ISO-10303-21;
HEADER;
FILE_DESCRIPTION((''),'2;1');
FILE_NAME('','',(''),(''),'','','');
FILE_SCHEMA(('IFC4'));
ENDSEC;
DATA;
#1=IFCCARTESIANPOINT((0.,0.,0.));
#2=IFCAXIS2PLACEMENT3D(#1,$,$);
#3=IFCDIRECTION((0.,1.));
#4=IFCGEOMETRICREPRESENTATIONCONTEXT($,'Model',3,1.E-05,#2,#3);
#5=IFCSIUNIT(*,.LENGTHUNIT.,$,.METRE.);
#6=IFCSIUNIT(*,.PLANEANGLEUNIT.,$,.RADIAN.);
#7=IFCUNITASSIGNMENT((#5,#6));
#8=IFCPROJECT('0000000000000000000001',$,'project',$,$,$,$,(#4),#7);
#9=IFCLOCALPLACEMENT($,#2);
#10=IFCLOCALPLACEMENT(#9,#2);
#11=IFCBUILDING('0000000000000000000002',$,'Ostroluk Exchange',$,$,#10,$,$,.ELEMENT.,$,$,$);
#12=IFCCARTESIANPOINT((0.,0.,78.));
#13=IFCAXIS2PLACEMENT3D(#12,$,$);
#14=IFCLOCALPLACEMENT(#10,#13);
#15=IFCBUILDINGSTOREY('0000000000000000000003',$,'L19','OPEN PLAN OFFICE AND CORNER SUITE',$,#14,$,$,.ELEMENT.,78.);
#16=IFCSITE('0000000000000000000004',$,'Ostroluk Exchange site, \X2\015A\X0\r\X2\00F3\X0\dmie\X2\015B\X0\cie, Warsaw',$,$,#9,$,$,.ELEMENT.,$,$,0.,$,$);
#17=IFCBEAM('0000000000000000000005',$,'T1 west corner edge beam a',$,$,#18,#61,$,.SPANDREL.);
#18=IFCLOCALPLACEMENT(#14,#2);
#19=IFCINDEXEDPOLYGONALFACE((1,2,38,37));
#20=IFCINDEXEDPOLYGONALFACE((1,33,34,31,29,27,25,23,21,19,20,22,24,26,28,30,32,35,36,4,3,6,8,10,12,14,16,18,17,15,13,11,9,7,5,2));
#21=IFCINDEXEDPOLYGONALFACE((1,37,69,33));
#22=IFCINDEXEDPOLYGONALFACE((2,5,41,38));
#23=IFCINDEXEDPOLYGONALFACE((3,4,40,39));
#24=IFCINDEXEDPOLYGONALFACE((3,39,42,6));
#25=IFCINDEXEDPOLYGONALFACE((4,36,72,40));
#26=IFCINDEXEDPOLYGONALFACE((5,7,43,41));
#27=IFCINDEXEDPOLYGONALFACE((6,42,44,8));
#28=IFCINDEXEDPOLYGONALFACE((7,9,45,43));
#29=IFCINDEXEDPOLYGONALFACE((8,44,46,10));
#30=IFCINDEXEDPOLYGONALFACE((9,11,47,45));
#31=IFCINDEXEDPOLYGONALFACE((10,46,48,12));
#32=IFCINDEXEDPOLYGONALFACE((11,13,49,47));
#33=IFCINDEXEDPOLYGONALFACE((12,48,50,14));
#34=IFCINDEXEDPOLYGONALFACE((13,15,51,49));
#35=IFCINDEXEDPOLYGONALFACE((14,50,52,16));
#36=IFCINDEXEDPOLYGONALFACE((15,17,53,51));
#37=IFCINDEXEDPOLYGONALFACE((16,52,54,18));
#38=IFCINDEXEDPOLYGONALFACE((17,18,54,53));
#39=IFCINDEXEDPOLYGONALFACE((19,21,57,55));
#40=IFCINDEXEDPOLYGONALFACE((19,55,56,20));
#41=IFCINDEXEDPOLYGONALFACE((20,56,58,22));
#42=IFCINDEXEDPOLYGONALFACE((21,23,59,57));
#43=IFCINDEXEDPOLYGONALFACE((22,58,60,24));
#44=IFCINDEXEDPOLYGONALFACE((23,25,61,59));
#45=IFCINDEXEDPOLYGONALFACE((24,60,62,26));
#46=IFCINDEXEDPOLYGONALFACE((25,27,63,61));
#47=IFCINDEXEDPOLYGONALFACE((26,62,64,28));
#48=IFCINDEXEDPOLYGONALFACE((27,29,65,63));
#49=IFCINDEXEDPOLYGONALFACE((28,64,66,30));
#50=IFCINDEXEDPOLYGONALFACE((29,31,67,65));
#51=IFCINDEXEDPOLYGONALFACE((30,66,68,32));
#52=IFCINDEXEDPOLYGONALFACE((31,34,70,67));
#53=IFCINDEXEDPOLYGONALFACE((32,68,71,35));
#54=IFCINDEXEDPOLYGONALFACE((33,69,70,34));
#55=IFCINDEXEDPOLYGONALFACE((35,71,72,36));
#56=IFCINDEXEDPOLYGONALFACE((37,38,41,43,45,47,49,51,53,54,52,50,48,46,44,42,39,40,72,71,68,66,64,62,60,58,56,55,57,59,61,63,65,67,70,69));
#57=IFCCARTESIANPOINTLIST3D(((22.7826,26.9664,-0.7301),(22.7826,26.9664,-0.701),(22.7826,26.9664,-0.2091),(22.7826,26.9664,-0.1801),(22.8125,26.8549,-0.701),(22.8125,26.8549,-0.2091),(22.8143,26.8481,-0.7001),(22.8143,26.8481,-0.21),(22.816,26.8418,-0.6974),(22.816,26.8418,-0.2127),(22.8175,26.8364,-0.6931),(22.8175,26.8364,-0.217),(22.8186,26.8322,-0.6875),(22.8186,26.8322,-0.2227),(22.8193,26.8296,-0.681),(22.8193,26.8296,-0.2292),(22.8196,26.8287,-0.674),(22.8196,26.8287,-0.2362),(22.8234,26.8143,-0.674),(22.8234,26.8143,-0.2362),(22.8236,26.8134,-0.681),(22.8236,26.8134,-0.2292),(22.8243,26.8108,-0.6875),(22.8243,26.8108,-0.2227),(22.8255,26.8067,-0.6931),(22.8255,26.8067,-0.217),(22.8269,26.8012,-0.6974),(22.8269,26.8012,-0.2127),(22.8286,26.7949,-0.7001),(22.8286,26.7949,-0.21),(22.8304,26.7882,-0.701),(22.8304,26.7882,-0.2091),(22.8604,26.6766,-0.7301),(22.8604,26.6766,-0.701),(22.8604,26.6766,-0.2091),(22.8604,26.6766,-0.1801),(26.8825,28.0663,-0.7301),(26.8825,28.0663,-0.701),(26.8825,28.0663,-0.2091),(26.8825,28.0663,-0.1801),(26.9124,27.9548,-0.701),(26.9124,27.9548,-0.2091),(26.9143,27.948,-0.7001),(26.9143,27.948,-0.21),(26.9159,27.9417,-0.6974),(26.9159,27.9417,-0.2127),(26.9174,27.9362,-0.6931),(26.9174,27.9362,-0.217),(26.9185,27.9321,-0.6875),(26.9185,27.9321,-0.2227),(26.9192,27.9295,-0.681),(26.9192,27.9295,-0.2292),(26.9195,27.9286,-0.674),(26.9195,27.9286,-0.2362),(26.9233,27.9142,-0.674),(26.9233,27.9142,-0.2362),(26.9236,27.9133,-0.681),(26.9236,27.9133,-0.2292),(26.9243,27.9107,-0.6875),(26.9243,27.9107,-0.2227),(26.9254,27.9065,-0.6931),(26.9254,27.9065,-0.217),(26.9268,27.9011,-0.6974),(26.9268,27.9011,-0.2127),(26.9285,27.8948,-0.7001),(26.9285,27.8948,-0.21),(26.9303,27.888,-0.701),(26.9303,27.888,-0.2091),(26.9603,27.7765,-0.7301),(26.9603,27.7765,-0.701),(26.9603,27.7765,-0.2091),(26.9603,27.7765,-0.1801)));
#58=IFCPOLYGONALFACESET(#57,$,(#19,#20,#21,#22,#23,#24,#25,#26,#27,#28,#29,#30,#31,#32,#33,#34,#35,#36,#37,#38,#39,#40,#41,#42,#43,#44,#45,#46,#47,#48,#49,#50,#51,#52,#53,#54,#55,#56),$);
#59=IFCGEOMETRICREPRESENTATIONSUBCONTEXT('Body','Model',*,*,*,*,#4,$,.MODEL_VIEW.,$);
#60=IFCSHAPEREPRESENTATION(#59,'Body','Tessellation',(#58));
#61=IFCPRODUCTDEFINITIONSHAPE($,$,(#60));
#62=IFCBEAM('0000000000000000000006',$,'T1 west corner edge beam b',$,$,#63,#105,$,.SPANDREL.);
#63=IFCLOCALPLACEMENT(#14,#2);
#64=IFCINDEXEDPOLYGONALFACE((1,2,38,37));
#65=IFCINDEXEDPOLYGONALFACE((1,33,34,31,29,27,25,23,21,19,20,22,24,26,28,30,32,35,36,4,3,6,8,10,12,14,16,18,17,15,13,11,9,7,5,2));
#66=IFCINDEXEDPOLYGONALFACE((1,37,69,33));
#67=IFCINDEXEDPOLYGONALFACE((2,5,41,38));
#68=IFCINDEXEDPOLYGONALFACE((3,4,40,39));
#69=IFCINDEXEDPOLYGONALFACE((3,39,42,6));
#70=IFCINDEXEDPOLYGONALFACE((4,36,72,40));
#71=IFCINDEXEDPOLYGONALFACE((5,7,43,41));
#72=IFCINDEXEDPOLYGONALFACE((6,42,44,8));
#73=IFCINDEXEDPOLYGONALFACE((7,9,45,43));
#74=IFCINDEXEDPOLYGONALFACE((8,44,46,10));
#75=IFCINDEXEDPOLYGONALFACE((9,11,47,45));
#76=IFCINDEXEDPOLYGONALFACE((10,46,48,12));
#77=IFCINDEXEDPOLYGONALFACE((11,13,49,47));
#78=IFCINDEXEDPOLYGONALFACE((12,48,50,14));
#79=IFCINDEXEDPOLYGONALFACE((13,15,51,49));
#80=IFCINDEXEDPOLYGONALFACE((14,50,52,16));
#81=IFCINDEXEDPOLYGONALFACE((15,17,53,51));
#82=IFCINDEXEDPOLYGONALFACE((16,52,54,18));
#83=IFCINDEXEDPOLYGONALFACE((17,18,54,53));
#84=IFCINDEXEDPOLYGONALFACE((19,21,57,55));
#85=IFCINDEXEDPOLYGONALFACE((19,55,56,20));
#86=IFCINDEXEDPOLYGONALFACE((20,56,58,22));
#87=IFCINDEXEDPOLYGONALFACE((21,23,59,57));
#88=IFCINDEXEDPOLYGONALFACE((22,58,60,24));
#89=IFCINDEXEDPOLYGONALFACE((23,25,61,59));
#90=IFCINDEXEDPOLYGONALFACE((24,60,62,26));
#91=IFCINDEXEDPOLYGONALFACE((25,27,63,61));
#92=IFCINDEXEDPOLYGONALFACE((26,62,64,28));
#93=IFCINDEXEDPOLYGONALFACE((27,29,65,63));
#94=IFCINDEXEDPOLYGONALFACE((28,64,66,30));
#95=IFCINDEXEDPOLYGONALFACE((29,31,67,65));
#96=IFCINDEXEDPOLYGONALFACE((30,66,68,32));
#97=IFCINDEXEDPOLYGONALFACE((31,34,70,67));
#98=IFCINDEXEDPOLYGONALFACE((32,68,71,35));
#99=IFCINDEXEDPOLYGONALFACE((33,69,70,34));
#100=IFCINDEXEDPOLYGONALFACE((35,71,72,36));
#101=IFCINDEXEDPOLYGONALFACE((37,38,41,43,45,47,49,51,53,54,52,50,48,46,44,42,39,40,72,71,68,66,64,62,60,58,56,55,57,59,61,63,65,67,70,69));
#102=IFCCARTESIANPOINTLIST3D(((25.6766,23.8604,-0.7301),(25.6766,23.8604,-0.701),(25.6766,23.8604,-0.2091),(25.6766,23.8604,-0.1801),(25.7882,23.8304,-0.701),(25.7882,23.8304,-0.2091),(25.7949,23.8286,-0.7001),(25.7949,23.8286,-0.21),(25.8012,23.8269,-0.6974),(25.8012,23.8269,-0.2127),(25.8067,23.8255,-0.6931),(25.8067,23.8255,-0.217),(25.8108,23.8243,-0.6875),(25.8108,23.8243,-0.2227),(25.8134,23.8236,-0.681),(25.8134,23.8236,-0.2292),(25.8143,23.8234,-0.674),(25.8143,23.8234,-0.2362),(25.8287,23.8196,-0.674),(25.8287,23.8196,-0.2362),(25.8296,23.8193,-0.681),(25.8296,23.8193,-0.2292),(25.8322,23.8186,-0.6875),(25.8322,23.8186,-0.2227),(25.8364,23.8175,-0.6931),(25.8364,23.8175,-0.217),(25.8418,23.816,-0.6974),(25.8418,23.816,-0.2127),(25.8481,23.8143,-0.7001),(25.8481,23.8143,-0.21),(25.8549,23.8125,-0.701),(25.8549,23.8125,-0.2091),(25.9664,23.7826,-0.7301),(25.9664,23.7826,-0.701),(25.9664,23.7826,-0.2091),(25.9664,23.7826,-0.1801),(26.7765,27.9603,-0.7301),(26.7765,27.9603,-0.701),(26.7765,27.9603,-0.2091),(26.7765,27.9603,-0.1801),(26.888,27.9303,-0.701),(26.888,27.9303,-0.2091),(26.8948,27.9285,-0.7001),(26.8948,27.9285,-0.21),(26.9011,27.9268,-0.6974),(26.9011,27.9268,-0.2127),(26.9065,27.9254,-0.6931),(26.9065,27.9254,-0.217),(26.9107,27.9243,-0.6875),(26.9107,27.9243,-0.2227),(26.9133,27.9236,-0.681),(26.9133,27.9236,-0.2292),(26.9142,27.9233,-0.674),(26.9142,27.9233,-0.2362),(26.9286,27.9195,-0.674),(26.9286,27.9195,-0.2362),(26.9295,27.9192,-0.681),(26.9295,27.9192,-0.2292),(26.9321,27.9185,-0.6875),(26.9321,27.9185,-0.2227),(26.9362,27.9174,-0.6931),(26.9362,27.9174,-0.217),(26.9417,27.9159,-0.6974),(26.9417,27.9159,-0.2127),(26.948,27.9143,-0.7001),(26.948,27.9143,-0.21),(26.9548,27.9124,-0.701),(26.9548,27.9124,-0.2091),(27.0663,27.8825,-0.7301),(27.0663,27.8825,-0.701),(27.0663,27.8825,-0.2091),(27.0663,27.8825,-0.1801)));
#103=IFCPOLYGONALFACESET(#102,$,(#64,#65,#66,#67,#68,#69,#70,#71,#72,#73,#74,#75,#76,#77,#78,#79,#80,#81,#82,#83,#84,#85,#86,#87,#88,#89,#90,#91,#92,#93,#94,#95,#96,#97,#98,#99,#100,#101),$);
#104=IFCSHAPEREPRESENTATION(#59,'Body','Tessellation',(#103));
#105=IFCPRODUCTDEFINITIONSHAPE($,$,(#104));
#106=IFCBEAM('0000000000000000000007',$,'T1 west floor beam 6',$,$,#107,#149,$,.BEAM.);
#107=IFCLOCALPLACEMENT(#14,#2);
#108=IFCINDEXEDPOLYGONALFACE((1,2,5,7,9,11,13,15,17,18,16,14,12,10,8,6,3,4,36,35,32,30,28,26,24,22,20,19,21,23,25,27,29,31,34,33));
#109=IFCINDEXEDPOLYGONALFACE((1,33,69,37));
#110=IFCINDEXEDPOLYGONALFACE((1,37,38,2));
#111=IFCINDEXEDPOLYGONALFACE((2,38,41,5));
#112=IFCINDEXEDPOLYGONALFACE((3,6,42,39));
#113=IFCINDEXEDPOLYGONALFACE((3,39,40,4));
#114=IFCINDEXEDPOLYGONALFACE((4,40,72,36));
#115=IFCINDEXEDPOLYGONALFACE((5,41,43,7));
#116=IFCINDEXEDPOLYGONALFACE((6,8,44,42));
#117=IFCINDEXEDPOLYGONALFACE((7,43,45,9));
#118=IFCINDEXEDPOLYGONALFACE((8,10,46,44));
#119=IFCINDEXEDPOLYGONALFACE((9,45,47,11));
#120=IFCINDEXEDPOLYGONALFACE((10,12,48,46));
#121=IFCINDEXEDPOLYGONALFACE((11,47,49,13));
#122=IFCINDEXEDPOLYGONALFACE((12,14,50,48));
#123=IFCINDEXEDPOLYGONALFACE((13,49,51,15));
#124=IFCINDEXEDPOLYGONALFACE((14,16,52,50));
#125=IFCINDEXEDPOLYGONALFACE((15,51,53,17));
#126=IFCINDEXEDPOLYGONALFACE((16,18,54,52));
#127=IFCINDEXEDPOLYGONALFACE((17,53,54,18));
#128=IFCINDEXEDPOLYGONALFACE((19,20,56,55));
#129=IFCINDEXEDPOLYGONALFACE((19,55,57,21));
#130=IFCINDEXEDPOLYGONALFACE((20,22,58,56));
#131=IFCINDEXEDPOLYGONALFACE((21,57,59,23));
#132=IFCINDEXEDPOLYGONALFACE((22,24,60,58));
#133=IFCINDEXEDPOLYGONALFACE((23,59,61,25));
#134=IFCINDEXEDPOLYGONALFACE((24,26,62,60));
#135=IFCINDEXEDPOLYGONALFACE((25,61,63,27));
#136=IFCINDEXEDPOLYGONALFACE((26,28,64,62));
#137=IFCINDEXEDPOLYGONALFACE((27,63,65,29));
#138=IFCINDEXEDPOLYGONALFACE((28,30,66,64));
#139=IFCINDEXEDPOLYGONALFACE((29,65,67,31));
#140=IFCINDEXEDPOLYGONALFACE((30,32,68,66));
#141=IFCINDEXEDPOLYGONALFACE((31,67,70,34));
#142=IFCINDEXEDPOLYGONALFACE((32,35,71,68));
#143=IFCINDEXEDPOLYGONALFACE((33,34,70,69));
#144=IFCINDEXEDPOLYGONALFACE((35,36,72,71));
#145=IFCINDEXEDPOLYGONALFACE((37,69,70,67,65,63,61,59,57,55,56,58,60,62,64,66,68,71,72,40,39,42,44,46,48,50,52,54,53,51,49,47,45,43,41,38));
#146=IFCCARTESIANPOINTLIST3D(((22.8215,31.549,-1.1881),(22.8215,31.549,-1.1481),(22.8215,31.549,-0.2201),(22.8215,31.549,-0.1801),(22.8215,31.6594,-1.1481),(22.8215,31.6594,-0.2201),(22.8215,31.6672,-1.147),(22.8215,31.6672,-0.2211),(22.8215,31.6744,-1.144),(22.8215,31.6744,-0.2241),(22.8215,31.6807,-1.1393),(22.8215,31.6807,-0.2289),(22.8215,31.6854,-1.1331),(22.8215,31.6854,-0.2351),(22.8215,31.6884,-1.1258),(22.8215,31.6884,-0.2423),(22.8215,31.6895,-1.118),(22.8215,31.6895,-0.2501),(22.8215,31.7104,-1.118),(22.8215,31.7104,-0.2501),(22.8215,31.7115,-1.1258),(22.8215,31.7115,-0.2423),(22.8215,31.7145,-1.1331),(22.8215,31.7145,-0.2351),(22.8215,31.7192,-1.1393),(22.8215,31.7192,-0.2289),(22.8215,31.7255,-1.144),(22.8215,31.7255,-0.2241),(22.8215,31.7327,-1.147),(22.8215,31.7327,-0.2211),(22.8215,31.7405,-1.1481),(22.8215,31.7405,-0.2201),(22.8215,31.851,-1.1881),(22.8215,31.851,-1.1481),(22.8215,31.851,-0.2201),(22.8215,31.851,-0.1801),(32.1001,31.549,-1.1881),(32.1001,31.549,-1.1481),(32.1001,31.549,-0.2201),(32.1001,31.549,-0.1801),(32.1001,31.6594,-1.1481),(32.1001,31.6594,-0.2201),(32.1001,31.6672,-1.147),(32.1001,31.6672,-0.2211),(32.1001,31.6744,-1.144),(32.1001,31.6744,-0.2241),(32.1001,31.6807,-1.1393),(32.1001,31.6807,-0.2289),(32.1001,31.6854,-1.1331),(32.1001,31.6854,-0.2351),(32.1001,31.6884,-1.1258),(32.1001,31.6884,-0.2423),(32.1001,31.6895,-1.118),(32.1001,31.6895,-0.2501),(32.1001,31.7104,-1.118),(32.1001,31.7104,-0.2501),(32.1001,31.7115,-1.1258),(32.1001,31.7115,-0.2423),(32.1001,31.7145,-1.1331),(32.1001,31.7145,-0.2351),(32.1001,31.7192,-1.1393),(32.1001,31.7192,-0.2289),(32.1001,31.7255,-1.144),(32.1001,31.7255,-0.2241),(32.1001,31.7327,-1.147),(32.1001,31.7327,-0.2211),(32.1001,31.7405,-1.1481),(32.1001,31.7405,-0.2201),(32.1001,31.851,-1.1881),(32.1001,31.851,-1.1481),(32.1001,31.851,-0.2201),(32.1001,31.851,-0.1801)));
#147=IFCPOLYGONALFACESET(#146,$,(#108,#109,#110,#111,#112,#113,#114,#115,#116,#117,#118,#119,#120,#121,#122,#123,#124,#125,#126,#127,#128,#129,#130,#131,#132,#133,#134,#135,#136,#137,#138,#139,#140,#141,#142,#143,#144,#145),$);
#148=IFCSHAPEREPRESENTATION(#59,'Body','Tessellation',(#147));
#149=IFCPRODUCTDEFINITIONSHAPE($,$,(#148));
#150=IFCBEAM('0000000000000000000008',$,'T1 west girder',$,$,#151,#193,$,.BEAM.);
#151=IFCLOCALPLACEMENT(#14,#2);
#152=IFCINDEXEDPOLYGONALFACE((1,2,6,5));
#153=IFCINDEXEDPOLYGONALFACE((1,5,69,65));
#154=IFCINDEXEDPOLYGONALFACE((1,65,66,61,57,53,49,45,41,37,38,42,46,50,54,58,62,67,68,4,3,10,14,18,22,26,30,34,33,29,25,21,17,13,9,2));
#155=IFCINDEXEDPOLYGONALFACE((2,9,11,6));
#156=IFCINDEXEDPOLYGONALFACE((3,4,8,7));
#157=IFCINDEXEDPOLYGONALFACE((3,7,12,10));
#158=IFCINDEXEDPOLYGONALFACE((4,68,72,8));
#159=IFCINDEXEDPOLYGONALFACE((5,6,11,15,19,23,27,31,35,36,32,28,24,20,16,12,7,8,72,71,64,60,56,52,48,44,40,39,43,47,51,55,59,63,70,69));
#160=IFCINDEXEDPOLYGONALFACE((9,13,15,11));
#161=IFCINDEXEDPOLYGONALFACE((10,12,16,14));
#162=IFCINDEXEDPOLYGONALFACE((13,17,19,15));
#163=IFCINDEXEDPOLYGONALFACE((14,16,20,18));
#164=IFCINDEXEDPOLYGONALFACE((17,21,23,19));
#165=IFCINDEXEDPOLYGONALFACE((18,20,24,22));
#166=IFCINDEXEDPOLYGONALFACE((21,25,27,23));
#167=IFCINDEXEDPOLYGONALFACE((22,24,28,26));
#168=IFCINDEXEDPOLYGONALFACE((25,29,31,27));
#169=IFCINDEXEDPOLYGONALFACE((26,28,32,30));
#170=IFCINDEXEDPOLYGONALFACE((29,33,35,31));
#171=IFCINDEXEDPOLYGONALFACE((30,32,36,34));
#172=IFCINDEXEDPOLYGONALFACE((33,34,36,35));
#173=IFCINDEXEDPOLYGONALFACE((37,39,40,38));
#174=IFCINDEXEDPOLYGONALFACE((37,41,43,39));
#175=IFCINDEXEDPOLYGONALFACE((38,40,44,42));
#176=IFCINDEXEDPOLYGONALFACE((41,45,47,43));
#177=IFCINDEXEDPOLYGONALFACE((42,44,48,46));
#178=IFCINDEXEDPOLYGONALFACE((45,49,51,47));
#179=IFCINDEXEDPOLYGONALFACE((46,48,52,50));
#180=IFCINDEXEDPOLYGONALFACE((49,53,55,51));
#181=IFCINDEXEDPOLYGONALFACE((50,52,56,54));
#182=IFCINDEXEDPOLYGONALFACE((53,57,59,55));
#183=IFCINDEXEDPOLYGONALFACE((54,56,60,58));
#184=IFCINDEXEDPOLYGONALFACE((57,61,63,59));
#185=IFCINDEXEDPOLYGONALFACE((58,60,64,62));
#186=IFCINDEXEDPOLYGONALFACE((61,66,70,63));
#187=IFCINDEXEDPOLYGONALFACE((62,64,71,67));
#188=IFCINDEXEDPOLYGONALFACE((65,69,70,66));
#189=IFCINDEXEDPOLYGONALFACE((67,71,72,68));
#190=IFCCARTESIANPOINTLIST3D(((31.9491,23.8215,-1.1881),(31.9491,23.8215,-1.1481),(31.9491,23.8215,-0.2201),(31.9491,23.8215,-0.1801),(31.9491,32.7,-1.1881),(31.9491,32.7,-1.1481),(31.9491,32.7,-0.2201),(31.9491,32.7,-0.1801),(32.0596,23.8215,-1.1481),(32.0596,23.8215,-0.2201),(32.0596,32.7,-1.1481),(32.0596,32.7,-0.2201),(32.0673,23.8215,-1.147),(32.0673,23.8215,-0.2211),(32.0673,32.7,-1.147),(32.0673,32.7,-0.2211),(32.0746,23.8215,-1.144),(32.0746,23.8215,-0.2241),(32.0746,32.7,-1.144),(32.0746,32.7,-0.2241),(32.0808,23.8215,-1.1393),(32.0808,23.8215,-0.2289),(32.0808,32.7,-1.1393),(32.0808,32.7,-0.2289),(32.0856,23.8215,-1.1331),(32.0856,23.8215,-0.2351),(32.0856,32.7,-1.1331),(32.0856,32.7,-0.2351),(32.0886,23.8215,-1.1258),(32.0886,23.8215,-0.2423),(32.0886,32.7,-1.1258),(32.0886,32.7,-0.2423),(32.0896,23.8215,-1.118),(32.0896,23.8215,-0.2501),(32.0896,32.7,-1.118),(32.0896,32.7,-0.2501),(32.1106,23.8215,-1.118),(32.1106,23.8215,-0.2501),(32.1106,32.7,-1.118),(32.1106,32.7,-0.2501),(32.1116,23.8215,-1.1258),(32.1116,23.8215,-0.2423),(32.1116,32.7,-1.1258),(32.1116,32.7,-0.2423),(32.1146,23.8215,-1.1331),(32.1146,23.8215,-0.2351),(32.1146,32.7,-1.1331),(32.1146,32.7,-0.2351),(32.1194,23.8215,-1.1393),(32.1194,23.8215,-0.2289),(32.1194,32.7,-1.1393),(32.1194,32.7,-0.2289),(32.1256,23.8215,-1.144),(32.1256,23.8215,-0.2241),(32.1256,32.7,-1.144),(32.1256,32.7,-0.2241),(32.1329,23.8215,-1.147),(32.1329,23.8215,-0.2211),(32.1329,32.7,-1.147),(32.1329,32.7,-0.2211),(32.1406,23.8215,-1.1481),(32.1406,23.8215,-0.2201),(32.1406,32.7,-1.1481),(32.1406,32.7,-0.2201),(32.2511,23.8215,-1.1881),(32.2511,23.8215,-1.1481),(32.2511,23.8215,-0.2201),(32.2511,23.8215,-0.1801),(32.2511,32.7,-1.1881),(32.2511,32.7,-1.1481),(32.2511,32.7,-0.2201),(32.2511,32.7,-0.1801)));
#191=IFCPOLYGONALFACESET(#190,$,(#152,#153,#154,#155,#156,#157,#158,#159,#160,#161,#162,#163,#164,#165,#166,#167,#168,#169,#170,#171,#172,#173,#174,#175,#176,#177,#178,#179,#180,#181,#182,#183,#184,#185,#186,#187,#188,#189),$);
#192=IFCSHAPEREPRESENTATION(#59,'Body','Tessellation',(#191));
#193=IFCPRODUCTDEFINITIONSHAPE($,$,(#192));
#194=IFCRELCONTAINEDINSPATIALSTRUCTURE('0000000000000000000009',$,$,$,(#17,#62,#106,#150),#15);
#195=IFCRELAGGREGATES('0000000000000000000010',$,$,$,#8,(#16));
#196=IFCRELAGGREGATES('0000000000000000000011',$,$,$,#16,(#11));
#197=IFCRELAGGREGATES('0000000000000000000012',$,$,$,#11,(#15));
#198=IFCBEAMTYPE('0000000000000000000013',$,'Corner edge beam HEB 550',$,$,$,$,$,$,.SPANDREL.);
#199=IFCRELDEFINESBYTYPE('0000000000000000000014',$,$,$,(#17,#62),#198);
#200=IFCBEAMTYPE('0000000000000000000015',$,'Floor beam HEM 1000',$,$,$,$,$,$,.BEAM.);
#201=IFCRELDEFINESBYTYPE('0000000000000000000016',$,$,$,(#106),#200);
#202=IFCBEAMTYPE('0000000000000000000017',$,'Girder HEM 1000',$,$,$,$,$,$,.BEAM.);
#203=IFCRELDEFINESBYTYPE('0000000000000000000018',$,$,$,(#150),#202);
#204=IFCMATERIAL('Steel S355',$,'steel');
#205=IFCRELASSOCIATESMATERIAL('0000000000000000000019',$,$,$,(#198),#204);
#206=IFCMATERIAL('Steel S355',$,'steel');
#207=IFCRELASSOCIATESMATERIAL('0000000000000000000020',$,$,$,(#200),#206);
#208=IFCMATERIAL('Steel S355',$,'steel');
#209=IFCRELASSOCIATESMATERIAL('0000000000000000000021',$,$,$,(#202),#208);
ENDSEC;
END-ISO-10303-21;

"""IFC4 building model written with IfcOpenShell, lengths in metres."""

from ifc_helpers import new_model, si_unit, direction, frame, origin, origin_2d, place, context, subcontext, project, spatial, i_section, extrude, material, material_profile, profile_set, type_object, element, save


model = new_model("IFC4")

# Units and contexts
model_context = context("Model", 3, precision=1e-05, world=origin(), true_north=direction((0.0, 1.0)))
body_context = subcontext(model_context, "Body", "Model", "MODEL_VIEW")
ifc_project = project(units=[si_unit("LENGTHUNIT", "METRE"), si_unit("PLANEANGLEUNIT", "RADIAN")], contexts=[model_context])

# Site, building, storey
site_placement = place(None, origin())
site = spatial("IfcSite", under=ifc_project, at=site_placement, Name="Ostroluk Exchange site, Śródmieście, Warsaw", CompositionType="ELEMENT", RefElevation=0.0)
building_placement = place(site_placement, origin())
building = spatial("IfcBuilding", under=site, at=building_placement, Name="Ostroluk Exchange", CompositionType="ELEMENT")
storey_placement = place(building_placement, frame((0.0, 0.0, 78.0)))
storey = spatial("IfcBuildingStorey", under=building, at=storey_placement, Name="L19", Description="OPEN PLAN OFFICE AND CORNER SUITE", CompositionType="ELEMENT", Elevation=78.0)

# Beams
ifc_material_1 = material(Name="Steel S355", Category="steel")
ifc_material_profile_1 = material_profile(ifc_material_1, i_section(OverallWidth=0.3, OverallDepth=0.55, WebThickness=0.0149, FlangeThickness=0.0291, FilletRadius=0.0271, at=origin_2d()), Name="HEB 550")
ifc_profile_set_1 = profile_set([ifc_material_profile_1], Name="Steel S355")
beam_type_1 = type_object("IfcBeamType", Name="Corner edge beam HEB 550", PredefinedType="SPANDREL", material=ifc_profile_set_1)
for number, where, z_axis, x_axis, name in (
    (1, (26.9214, 27.9214, -0.4551), (-0.965849, -0.259105, 0.0), (0.259105, -0.965849, 0.0), "T1 west corner edge beam a"),
    (2, (26.9214, 27.9214, -0.4551), (-0.259105, -0.965849, 0.0), (0.965849, -0.259105, 0.0), "T1 west corner edge beam b"),
):
    element("IfcBeam", number, at=place(storey_placement, frame(where, z_axis=z_axis, x_axis=x_axis)), inside=storey, type_object=beam_type_1, Name=name, PredefinedType="SPANDREL", context=body_context, shape_type="SweptSolid", body=[
        extrude(i_section(OverallWidth=0.3, OverallDepth=0.55, WebThickness=0.0149, FlangeThickness=0.0291, FilletRadius=0.0271, at=origin_2d()), origin(), (0.0, 0.0, 1.0), 4.2449),
    ])
ifc_material_2 = material(Name="Steel S355", Category="steel")
ifc_material_profile_2 = material_profile(ifc_material_2, i_section(OverallWidth=0.302, OverallDepth=1.0081, WebThickness=0.021, FlangeThickness=0.04, FilletRadius=0.03, at=origin_2d()), Name="HEM 1000")
ifc_profile_set_2 = profile_set([ifc_material_profile_2], Name="Steel S355")
beam_type_2 = type_object("IfcBeamType", Name="Floor beam HEM 1000", PredefinedType="BEAM", material=ifc_profile_set_2)
beam_1_placement = place(storey_placement, frame((32.1001, 31.7, -0.6841), z_axis=(-1.0, 0.0, 0.0), x_axis=(0.0, -1.0, 0.0)))
element("IfcBeam", 3, at=beam_1_placement, inside=storey, type_object=beam_type_2, Name="T1 west floor beam 6", PredefinedType="BEAM", context=body_context, shape_type="SweptSolid", body=[
    extrude(i_section(OverallWidth=0.302, OverallDepth=1.0081, WebThickness=0.021, FlangeThickness=0.04, FilletRadius=0.03, at=origin_2d()), origin(), (0.0, 0.0, 1.0), 9.2786),
])
ifc_material_3 = material(Name="Steel S355", Category="steel")
ifc_material_profile_3 = material_profile(ifc_material_3, i_section(OverallWidth=0.302, OverallDepth=1.0081, WebThickness=0.021, FlangeThickness=0.04, FilletRadius=0.03, at=origin_2d()), Name="HEM 1000")
ifc_profile_set_3 = profile_set([ifc_material_profile_3], Name="Steel S355")
beam_type_3 = type_object("IfcBeamType", Name="Girder HEM 1000", PredefinedType="BEAM", material=ifc_profile_set_3)
beam_2_placement = place(storey_placement, frame((32.1001, 32.7, -0.6841), z_axis=(0.0, -1.0, 0.0), x_axis=(1.0, 0.0, 0.0)))
element("IfcBeam", 4, at=beam_2_placement, inside=storey, type_object=beam_type_3, Name="T1 west girder", PredefinedType="BEAM", context=body_context, shape_type="SweptSolid", body=[
    extrude(i_section(OverallWidth=0.302, OverallDepth=1.0081, WebThickness=0.021, FlangeThickness=0.04, FilletRadius=0.03, at=origin_2d()), origin(), (0.0, 0.0, 1.0), 8.8784),
])

save(model, "model.ifc")
